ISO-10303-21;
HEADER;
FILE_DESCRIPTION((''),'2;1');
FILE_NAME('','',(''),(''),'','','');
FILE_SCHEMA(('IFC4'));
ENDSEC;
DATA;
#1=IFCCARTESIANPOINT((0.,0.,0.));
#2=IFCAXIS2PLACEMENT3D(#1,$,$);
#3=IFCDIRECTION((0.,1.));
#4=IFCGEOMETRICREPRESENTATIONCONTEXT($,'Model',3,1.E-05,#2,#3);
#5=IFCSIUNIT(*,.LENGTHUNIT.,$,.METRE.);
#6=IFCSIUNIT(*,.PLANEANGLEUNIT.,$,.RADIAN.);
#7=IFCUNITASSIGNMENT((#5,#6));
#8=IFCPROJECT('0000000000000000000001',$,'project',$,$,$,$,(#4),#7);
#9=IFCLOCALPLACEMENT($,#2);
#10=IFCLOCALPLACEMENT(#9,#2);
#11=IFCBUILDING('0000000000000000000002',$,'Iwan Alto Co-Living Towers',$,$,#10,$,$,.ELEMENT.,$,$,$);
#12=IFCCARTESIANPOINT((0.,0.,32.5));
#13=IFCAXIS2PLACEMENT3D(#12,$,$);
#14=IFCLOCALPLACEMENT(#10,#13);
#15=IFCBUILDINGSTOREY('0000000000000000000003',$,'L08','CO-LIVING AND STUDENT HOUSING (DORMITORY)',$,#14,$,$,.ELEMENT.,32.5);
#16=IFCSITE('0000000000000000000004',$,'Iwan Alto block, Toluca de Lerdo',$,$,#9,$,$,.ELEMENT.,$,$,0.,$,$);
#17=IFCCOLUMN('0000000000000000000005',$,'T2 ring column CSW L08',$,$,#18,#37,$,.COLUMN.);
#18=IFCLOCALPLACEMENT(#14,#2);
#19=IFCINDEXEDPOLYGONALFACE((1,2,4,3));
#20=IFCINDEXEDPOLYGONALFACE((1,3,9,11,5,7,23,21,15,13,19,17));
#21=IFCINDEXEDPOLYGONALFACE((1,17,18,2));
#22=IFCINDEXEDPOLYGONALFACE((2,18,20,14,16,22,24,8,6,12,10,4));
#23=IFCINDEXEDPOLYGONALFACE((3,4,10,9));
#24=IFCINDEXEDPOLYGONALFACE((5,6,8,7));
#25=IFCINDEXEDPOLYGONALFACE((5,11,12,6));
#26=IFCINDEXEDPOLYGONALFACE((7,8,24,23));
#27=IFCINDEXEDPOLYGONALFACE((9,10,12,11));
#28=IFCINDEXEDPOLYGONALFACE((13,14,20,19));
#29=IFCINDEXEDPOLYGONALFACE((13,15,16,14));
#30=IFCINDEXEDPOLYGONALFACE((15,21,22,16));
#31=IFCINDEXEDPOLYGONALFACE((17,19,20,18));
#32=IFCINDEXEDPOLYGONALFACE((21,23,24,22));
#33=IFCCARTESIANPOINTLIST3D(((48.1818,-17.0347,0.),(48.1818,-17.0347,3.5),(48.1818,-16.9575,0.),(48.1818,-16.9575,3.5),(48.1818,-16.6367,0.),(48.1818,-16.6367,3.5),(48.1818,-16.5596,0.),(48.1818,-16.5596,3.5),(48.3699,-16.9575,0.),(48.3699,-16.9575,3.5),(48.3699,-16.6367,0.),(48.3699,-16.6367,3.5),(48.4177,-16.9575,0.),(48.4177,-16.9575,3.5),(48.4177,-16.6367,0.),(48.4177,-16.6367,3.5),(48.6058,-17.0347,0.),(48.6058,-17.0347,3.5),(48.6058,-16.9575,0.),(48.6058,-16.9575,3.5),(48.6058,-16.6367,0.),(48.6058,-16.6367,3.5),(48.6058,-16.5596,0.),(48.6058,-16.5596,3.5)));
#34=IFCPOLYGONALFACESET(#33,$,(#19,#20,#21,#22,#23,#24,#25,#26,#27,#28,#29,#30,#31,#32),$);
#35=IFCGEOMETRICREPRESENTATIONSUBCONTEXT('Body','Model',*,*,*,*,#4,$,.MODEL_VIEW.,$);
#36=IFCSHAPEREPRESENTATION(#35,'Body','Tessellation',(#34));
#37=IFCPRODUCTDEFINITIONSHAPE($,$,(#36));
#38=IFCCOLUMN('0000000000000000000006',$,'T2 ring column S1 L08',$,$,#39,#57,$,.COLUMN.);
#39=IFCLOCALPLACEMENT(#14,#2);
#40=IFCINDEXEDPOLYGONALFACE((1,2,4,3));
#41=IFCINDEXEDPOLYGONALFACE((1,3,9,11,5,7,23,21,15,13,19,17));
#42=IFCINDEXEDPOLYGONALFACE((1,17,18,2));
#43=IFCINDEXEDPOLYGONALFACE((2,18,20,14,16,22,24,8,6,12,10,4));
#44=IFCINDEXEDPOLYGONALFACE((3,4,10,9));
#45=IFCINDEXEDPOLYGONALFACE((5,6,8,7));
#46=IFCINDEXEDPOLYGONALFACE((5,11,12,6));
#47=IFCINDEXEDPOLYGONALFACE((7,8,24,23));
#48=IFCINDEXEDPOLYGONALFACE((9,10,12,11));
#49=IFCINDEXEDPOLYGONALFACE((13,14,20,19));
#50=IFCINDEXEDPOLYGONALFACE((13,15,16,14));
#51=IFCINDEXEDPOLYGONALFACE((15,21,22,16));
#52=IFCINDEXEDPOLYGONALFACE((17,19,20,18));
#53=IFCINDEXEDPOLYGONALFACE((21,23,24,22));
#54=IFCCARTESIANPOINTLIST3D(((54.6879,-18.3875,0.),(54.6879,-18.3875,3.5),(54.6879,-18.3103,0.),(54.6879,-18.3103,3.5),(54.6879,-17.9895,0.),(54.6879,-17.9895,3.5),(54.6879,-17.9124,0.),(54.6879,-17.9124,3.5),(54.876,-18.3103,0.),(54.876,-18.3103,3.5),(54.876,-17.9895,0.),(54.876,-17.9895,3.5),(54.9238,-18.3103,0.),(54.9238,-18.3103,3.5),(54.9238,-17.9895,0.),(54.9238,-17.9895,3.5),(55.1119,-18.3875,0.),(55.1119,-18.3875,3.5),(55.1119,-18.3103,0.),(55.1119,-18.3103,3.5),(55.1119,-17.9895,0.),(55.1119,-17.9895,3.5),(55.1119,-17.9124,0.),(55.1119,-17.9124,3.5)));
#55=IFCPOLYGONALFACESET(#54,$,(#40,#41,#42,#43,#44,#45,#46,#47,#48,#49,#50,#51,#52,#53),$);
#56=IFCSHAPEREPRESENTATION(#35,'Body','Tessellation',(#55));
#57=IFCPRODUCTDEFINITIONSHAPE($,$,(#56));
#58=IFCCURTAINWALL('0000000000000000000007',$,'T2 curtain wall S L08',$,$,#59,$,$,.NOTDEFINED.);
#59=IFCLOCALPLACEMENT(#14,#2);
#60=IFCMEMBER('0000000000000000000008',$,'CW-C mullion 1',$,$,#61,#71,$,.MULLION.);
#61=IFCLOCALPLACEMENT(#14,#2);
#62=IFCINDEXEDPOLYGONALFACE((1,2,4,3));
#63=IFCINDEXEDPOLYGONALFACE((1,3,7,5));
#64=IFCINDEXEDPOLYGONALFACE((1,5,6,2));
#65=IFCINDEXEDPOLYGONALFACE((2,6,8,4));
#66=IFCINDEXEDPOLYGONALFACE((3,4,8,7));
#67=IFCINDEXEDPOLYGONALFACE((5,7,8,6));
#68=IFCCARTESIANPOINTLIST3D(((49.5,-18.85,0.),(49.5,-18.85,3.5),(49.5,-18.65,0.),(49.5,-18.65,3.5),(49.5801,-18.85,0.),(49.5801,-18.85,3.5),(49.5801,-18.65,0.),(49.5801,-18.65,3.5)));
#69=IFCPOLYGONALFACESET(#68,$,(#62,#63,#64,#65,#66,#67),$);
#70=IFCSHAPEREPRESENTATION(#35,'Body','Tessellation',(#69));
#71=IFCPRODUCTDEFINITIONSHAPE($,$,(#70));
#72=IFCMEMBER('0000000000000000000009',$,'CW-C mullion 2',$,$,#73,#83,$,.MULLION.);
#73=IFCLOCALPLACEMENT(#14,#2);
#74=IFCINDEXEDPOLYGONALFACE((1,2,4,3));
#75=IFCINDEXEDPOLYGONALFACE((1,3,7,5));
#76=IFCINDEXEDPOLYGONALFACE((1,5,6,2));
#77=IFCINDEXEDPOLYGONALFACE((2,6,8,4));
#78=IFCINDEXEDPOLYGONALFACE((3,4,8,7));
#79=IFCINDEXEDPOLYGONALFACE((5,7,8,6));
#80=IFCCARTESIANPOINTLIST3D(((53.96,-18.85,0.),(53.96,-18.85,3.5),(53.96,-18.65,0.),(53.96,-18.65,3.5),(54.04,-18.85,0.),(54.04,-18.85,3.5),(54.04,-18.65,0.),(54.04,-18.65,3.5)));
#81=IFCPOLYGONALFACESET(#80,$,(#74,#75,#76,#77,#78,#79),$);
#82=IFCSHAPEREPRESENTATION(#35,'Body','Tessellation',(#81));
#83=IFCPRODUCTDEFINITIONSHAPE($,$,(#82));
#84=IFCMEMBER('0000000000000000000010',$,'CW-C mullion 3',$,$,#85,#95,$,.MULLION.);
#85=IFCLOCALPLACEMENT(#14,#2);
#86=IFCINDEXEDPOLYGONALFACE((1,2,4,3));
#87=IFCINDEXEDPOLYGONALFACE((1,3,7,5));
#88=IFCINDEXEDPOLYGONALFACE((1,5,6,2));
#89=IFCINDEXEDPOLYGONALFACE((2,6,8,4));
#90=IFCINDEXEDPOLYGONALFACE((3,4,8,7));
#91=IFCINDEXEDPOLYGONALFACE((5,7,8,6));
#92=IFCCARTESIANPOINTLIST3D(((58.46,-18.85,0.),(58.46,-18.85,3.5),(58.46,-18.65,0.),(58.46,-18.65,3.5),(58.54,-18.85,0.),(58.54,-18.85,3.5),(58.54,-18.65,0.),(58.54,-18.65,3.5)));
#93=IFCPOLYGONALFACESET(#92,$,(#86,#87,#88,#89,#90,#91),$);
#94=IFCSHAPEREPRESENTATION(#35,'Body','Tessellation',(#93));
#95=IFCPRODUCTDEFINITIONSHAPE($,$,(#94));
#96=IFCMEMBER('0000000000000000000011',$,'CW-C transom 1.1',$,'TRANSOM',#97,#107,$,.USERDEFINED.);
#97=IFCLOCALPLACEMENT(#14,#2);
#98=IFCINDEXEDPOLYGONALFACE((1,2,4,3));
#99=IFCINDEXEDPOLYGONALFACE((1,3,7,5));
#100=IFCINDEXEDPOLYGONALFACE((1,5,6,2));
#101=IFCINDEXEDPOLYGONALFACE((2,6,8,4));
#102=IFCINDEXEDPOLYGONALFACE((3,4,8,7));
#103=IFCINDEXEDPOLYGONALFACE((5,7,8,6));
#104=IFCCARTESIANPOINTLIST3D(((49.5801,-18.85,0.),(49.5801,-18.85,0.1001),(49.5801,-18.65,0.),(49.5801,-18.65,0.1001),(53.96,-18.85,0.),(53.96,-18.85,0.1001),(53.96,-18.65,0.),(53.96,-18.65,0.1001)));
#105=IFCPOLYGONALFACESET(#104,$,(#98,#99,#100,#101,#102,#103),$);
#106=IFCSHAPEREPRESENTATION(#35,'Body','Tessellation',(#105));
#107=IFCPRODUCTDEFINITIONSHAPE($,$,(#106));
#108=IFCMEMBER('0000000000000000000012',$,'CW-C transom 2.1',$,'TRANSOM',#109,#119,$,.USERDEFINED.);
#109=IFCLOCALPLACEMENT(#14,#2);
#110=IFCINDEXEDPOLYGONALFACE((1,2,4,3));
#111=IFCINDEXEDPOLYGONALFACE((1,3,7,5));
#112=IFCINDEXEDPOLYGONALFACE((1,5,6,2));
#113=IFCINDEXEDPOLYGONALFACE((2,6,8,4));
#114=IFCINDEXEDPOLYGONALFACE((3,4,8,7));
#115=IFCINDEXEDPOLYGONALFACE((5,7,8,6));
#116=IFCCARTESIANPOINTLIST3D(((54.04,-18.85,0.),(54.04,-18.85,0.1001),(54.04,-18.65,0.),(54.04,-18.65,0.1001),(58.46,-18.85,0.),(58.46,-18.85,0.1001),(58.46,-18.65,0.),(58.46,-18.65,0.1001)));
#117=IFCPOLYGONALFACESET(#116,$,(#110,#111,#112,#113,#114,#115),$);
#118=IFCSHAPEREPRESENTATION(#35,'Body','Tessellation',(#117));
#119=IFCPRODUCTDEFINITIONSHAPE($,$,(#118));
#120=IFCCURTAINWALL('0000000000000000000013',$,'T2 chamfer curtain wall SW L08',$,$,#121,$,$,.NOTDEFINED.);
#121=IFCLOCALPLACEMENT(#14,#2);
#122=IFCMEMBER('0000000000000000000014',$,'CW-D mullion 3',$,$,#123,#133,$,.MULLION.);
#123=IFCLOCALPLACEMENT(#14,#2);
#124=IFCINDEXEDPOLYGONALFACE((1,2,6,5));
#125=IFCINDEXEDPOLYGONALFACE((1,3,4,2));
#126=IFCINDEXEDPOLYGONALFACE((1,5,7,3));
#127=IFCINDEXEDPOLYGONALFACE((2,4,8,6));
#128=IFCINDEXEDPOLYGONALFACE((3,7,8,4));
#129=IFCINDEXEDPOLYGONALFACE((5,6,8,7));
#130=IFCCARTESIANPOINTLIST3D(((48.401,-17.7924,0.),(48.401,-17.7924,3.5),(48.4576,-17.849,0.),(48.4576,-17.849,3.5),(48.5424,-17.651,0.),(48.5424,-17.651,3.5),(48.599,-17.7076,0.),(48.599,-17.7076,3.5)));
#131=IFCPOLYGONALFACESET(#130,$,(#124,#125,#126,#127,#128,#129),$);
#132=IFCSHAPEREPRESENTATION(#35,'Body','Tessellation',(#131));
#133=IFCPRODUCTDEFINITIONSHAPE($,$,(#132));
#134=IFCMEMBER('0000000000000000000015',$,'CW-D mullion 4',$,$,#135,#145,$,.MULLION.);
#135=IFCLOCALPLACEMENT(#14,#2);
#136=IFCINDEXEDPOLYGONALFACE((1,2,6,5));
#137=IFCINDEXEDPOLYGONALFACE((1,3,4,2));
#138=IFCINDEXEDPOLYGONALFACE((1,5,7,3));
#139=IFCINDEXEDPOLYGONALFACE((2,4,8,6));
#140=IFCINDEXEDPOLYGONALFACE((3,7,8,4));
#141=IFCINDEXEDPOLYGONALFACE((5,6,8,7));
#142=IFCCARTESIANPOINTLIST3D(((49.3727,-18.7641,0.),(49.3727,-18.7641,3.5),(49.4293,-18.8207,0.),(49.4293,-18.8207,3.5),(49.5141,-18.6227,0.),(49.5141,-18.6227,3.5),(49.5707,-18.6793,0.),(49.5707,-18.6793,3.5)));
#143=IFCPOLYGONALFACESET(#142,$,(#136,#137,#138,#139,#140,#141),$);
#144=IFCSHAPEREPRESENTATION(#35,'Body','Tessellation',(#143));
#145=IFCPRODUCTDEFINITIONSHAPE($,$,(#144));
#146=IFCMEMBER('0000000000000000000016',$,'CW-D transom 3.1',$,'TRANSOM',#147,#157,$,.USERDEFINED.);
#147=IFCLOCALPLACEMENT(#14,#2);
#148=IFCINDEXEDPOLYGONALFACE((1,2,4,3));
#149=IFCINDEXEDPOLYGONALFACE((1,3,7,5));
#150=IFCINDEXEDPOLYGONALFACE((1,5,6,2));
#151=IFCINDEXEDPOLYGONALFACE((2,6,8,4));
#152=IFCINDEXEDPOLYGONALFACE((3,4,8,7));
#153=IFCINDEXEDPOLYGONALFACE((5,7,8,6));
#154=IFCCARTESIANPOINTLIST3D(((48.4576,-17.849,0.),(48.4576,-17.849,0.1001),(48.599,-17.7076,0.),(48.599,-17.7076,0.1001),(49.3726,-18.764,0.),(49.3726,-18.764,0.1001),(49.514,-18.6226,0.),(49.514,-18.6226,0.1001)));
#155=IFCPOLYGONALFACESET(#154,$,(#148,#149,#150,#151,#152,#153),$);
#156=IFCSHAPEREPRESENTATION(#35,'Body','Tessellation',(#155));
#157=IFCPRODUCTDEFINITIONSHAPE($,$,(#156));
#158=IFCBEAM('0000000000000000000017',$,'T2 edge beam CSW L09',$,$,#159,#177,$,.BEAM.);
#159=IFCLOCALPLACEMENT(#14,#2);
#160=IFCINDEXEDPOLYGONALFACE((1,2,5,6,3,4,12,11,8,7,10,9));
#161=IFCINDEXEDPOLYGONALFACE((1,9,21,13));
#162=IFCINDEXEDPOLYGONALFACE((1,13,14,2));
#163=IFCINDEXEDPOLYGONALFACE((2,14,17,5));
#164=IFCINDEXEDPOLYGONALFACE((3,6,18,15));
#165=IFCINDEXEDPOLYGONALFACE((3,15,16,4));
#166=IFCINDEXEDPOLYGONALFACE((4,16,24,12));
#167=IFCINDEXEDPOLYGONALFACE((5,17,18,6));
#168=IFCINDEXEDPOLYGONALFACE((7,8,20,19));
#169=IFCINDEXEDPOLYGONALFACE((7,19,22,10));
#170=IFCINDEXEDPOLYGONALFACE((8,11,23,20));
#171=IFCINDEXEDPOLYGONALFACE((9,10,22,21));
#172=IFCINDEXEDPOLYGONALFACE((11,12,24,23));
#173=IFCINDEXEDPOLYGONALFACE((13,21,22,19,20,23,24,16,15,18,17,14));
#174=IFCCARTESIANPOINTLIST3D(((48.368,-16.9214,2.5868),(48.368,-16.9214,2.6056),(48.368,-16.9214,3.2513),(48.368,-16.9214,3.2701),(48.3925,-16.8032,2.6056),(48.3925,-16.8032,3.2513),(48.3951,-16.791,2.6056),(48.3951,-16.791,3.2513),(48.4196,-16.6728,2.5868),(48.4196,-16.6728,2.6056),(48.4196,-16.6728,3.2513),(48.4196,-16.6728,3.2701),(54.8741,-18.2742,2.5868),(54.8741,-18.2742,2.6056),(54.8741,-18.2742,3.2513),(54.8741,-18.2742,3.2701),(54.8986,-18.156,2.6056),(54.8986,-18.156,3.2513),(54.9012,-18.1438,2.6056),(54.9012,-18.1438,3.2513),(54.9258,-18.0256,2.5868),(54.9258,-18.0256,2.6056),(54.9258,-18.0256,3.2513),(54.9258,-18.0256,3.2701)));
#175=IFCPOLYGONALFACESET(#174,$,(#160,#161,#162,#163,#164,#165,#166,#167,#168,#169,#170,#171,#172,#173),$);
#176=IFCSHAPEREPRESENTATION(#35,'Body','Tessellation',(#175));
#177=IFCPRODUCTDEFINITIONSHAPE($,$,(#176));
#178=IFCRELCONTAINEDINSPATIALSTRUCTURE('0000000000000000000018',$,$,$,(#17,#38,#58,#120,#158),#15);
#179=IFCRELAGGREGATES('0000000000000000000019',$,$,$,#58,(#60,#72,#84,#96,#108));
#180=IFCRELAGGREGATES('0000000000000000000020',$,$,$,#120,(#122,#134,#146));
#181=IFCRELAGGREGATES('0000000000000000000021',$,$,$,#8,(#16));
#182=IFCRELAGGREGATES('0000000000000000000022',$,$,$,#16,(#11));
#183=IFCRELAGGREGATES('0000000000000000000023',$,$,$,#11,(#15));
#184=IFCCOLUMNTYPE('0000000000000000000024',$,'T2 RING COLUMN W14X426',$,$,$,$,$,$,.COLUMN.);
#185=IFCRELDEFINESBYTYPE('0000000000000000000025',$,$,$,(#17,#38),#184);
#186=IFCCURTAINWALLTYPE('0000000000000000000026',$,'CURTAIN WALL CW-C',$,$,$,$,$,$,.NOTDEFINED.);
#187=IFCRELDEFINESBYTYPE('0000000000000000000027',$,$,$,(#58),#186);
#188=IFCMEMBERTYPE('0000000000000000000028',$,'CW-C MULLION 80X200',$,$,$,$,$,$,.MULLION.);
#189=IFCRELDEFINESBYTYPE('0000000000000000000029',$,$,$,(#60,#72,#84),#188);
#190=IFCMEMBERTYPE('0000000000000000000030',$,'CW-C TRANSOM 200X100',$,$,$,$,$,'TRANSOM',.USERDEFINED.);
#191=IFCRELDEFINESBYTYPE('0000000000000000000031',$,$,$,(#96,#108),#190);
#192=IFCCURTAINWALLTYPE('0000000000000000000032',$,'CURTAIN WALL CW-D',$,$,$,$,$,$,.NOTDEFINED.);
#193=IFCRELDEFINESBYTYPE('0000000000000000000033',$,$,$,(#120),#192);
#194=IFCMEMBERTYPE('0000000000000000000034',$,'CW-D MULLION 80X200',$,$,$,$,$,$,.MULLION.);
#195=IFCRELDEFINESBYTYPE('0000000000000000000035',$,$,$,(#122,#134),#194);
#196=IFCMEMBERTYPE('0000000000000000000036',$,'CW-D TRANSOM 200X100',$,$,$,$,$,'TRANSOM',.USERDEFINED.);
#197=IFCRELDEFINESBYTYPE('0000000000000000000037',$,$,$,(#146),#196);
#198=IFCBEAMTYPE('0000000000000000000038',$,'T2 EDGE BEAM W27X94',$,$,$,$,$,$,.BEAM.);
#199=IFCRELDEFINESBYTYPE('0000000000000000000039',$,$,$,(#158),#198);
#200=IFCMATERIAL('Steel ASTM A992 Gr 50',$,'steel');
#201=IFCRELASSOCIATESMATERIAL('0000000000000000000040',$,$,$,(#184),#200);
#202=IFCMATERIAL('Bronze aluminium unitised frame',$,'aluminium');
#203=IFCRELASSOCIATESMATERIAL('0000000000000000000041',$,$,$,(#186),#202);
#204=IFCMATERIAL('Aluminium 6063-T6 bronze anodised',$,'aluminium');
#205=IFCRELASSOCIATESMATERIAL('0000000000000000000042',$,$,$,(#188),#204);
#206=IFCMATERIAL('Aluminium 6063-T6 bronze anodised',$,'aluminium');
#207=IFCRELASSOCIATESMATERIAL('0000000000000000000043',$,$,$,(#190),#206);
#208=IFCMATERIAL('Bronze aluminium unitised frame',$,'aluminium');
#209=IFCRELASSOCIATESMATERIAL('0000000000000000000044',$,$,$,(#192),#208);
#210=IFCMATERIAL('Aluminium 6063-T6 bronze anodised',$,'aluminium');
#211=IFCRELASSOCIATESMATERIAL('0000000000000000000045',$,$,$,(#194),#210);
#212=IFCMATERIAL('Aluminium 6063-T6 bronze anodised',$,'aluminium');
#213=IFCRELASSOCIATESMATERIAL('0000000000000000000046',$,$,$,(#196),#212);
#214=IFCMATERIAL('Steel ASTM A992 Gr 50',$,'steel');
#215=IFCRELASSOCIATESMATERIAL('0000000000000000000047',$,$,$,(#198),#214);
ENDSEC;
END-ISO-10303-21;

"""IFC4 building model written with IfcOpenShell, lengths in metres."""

from ifc_helpers import new_model, si_unit, direction, frame, origin, origin_2d, place, context, subcontext, project, spatial, rectangle, i_section, extrude, material, material_profile, profile_set, type_object, element, aggregate, save


model = new_model("IFC4")

# Units and contexts
model_context = context("Model", 3, precision=1e-05, world=origin(), true_north=direction((0.0, 1.0)))
body_context = subcontext(model_context, "Body", "Model", "MODEL_VIEW")
ifc_project = project(units=[si_unit("LENGTHUNIT", "METRE"), si_unit("PLANEANGLEUNIT", "RADIAN")], contexts=[model_context])

# Site, building, storey
site_placement = place(None, origin())
site = spatial("IfcSite", under=ifc_project, at=site_placement, Name="Iwan Alto block, Toluca de Lerdo", CompositionType="ELEMENT", RefElevation=0.0)
building_placement = place(site_placement, origin())
building = spatial("IfcBuilding", under=site, at=building_placement, Name="Iwan Alto Co-Living Towers", CompositionType="ELEMENT")
storey_placement = place(building_placement, frame((0.0, 0.0, 32.5)))
storey = spatial("IfcBuildingStorey", under=building, at=storey_placement, Name="L08", Description="CO-LIVING AND STUDENT HOUSING (DORMITORY)", CompositionType="ELEMENT", Elevation=32.5)

# Columns
ifc_material_1 = material(Name="Steel ASTM A992 Gr 50", Category="steel")
ifc_material_profile_1 = material_profile(ifc_material_1, i_section(OverallWidth=0.4241, OverallDepth=0.4751, WebThickness=0.0479, FlangeThickness=0.0771, at=origin_2d()), Name="W14X426")
ifc_profile_set_1 = profile_set([ifc_material_profile_1], Name="Steel ASTM A992 Gr 50")
column_type = type_object("IfcColumnType", Name="T2 RING COLUMN W14X426", PredefinedType="COLUMN", material=ifc_profile_set_1)
for number, where, z_axis, x_axis, name in (
    (1, (48.3938, -16.7971, 0.0), (0.0, 0.0, 1.0), (1.0, 0.0, 0.0), "T2 ring column CSW L08"),
    (2, (54.8999, -18.1499, 0.0), (0.0, 0.0, 1.0), (1.0, 0.0, 0.0), "T2 ring column S1 L08"),
):
    element("IfcColumn", number, at=place(storey_placement, frame(where, z_axis=z_axis, x_axis=x_axis)), inside=storey, type_object=column_type, Name=name, PredefinedType="COLUMN", context=body_context, shape_type="SweptSolid", body=[
        extrude(i_section(OverallWidth=0.4241, OverallDepth=0.4751, WebThickness=0.0479, FlangeThickness=0.0771, at=origin_2d()), origin(), (0.0, 0.0, 1.0), 3.5),
    ])

# Curtain walls, members
ifc_material_2 = material(Name="Bronze aluminium unitised frame", Category="aluminium")
curtain_wall_type_1 = type_object("IfcCurtainWallType", Name="CURTAIN WALL CW-C", PredefinedType="NOTDEFINED", material=ifc_material_2)
curtain_wall_1_placement = place(storey_placement, origin())
curtain_wall_1 = element("IfcCurtainWall", 3, at=curtain_wall_1_placement, inside=storey, type_object=curtain_wall_type_1, Name="T2 curtain wall S L08", PredefinedType="NOTDEFINED")
ifc_material_3 = material(Name="Aluminium 6063-T6 bronze anodised", Category="aluminium")
ifc_material_profile_2 = material_profile(ifc_material_3, rectangle(XDim=0.2, YDim=0.0801, at=origin_2d()), Name="AL 80X200")
ifc_profile_set_2 = profile_set([ifc_material_profile_2], Name="Aluminium 6063-T6 bronze anodised")
member_type_1 = type_object("IfcMemberType", Name="CW-C MULLION 80X200", PredefinedType="MULLION", material=ifc_profile_set_2)
member_1_placement = place(storey_placement, frame((49.54, -18.75, 0.0), z_axis=(0.0, 0.0, 1.0), x_axis=(0.0, 1.0, 0.0)))
member_1 = element("IfcMember", 4, at=member_1_placement, type_object=member_type_1, Name="CW-C mullion 1", PredefinedType="MULLION", context=body_context, shape_type="SweptSolid", body=[
    extrude(rectangle(XDim=0.2, YDim=0.0801, at=origin_2d()), origin(), (0.0, 0.0, 1.0), 3.5),
])
member_2_placement = place(storey_placement, frame((54.0, -18.75, 0.0), z_axis=(0.0, 0.0, 1.0), x_axis=(0.0, 1.0, 0.0)))
member_2 = element("IfcMember", 5, at=member_2_placement, type_object=member_type_1, Name="CW-C mullion 2", PredefinedType="MULLION", context=body_context, shape_type="SweptSolid", body=[
    extrude(rectangle(XDim=0.2, YDim=0.0801, at=origin_2d()), origin(), (0.0, 0.0, 1.0), 3.5),
])
member_3_placement = place(storey_placement, frame((58.5, -18.75, 0.0), z_axis=(0.0, 0.0, 1.0), x_axis=(0.0, 1.0, 0.0)))
member_3 = element("IfcMember", 6, at=member_3_placement, type_object=member_type_1, Name="CW-C mullion 3", PredefinedType="MULLION", context=body_context, shape_type="SweptSolid", body=[
    extrude(rectangle(XDim=0.2, YDim=0.0801, at=origin_2d()), origin(), (0.0, 0.0, 1.0), 3.5),
])
ifc_material_4 = material(Name="Aluminium 6063-T6 bronze anodised", Category="aluminium")
ifc_material_profile_3 = material_profile(ifc_material_4, rectangle(XDim=0.2, YDim=0.1001, at=origin_2d()), Name="AL 200X100")
ifc_profile_set_3 = profile_set([ifc_material_profile_3], Name="Aluminium 6063-T6 bronze anodised")
member_type_2 = type_object("IfcMemberType", Name="CW-C TRANSOM 200X100", ElementType="TRANSOM", PredefinedType="USERDEFINED", material=ifc_profile_set_3)
member_4_placement = place(storey_placement, frame((49.5801, -18.75, 0.05), z_axis=(1.0, 0.0, 0.0), x_axis=(0.0, 1.0, 0.0)))
member_4 = element("IfcMember", 7, at=member_4_placement, type_object=member_type_2, Name="CW-C transom 1.1", ObjectType="TRANSOM", PredefinedType="USERDEFINED", context=body_context, shape_type="SweptSolid", body=[
    extrude(rectangle(XDim=0.2, YDim=0.1001, at=origin_2d()), origin(), (0.0, 0.0, 1.0), 4.3799),
])
member_5_placement = place(storey_placement, frame((54.04, -18.75, 0.05), z_axis=(1.0, 0.0, 0.0), x_axis=(0.0, 1.0, 0.0)))
member_5 = element("IfcMember", 8, at=member_5_placement, type_object=member_type_2, Name="CW-C transom 2.1", ObjectType="TRANSOM", PredefinedType="USERDEFINED", context=body_context, shape_type="SweptSolid", body=[
    extrude(rectangle(XDim=0.2, YDim=0.1001, at=origin_2d()), origin(), (0.0, 0.0, 1.0), 4.4199),
])
ifc_material_5 = material(Name="Bronze aluminium unitised frame", Category="aluminium")
curtain_wall_type_2 = type_object("IfcCurtainWallType", Name="CURTAIN WALL CW-D", PredefinedType="NOTDEFINED", material=ifc_material_5)
curtain_wall_2_placement = place(storey_placement, origin())
curtain_wall_2 = element("IfcCurtainWall", 9, at=curtain_wall_2_placement, inside=storey, type_object=curtain_wall_type_2, Name="T2 chamfer curtain wall SW L08", PredefinedType="NOTDEFINED")
ifc_material_6 = material(Name="Aluminium 6063-T6 bronze anodised", Category="aluminium")
ifc_material_profile_4 = material_profile(ifc_material_6, rectangle(XDim=0.2, YDim=0.0801, at=origin_2d()), Name="AL 80X200")
ifc_profile_set_4 = profile_set([ifc_material_profile_4], Name="Aluminium 6063-T6 bronze anodised")
member_type_3 = type_object("IfcMemberType", Name="CW-D MULLION 80X200", PredefinedType="MULLION", material=ifc_profile_set_4)
member_6_placement = place(storey_placement, frame((48.5, -17.75, 0.0), z_axis=(0.0, 0.0, 1.0), x_axis=(0.707107, 0.707107, 0.0)))
member_6 = element("IfcMember", 10, at=member_6_placement, type_object=member_type_3, Name="CW-D mullion 3", PredefinedType="MULLION", context=body_context, shape_type="SweptSolid", body=[
    extrude(rectangle(XDim=0.2, YDim=0.0801, at=origin_2d()), origin(), (0.0, 0.0, 1.0), 3.5),
])
member_7_placement = place(storey_placement, frame((49.4717, -18.7217, 0.0), z_axis=(0.0, 0.0, 1.0), x_axis=(0.707107, 0.707107, 0.0)))
member_7 = element("IfcMember", 11, at=member_7_placement, type_object=member_type_3, Name="CW-D mullion 4", PredefinedType="MULLION", context=body_context, shape_type="SweptSolid", body=[
    extrude(rectangle(XDim=0.2, YDim=0.0801, at=origin_2d()), origin(), (0.0, 0.0, 1.0), 3.5),
])
ifc_material_7 = material(Name="Aluminium 6063-T6 bronze anodised", Category="aluminium")
ifc_material_profile_5 = material_profile(ifc_material_7, rectangle(XDim=0.2, YDim=0.1001, at=origin_2d()), Name="AL 200X100")
ifc_profile_set_5 = profile_set([ifc_material_profile_5], Name="Aluminium 6063-T6 bronze anodised")
member_type_4 = type_object("IfcMemberType", Name="CW-D TRANSOM 200X100", ElementType="TRANSOM", PredefinedType="USERDEFINED", material=ifc_profile_set_5)
member_8_placement = place(storey_placement, frame((48.5283, -17.7783, 0.05), z_axis=(0.707107, -0.707107, 0.0), x_axis=(0.707107, 0.707107, 0.0)))
member_8 = element("IfcMember", 12, at=member_8_placement, type_object=member_type_4, Name="CW-D transom 3.1", ObjectType="TRANSOM", PredefinedType="USERDEFINED", context=body_context, shape_type="SweptSolid", body=[
    extrude(rectangle(XDim=0.2, YDim=0.1001, at=origin_2d()), origin(), (0.0, 0.0, 1.0), 1.2939),
])

# Beam
ifc_material_8 = material(Name="Steel ASTM A992 Gr 50", Category="steel")
ifc_material_profile_6 = material_profile(ifc_material_8, i_section(OverallWidth=0.2539, OverallDepth=0.6833, WebThickness=0.0125, FlangeThickness=0.0188, at=origin_2d()), Name="W27X94")
ifc_profile_set_6 = profile_set([ifc_material_profile_6], Name="Steel ASTM A992 Gr 50")
beam_type_1 = type_object("IfcBeamType", Name="T2 EDGE BEAM W27X94", PredefinedType="BEAM", material=ifc_profile_set_6)
beam_1_placement = place(storey_placement, frame((48.3938, -16.7971, 2.9285), z_axis=(0.97906, -0.203571, 0.0), x_axis=(0.203571, 0.97906, 0.0)))
element("IfcBeam", 13, at=beam_1_placement, inside=storey, type_object=beam_type_1, Name="T2 edge beam CSW L09", PredefinedType="BEAM", context=body_context, shape_type="SweptSolid", body=[
    extrude(i_section(OverallWidth=0.2539, OverallDepth=0.6833, WebThickness=0.0125, FlangeThickness=0.0188, at=origin_2d()), origin(), (0.0, 0.0, 1.0), 6.6453),
])

aggregate(curtain_wall_1, [member_1, member_2, member_3, member_4, member_5])
aggregate(curtain_wall_2, [member_6, member_7, member_8])

save(model, "model.ifc")
